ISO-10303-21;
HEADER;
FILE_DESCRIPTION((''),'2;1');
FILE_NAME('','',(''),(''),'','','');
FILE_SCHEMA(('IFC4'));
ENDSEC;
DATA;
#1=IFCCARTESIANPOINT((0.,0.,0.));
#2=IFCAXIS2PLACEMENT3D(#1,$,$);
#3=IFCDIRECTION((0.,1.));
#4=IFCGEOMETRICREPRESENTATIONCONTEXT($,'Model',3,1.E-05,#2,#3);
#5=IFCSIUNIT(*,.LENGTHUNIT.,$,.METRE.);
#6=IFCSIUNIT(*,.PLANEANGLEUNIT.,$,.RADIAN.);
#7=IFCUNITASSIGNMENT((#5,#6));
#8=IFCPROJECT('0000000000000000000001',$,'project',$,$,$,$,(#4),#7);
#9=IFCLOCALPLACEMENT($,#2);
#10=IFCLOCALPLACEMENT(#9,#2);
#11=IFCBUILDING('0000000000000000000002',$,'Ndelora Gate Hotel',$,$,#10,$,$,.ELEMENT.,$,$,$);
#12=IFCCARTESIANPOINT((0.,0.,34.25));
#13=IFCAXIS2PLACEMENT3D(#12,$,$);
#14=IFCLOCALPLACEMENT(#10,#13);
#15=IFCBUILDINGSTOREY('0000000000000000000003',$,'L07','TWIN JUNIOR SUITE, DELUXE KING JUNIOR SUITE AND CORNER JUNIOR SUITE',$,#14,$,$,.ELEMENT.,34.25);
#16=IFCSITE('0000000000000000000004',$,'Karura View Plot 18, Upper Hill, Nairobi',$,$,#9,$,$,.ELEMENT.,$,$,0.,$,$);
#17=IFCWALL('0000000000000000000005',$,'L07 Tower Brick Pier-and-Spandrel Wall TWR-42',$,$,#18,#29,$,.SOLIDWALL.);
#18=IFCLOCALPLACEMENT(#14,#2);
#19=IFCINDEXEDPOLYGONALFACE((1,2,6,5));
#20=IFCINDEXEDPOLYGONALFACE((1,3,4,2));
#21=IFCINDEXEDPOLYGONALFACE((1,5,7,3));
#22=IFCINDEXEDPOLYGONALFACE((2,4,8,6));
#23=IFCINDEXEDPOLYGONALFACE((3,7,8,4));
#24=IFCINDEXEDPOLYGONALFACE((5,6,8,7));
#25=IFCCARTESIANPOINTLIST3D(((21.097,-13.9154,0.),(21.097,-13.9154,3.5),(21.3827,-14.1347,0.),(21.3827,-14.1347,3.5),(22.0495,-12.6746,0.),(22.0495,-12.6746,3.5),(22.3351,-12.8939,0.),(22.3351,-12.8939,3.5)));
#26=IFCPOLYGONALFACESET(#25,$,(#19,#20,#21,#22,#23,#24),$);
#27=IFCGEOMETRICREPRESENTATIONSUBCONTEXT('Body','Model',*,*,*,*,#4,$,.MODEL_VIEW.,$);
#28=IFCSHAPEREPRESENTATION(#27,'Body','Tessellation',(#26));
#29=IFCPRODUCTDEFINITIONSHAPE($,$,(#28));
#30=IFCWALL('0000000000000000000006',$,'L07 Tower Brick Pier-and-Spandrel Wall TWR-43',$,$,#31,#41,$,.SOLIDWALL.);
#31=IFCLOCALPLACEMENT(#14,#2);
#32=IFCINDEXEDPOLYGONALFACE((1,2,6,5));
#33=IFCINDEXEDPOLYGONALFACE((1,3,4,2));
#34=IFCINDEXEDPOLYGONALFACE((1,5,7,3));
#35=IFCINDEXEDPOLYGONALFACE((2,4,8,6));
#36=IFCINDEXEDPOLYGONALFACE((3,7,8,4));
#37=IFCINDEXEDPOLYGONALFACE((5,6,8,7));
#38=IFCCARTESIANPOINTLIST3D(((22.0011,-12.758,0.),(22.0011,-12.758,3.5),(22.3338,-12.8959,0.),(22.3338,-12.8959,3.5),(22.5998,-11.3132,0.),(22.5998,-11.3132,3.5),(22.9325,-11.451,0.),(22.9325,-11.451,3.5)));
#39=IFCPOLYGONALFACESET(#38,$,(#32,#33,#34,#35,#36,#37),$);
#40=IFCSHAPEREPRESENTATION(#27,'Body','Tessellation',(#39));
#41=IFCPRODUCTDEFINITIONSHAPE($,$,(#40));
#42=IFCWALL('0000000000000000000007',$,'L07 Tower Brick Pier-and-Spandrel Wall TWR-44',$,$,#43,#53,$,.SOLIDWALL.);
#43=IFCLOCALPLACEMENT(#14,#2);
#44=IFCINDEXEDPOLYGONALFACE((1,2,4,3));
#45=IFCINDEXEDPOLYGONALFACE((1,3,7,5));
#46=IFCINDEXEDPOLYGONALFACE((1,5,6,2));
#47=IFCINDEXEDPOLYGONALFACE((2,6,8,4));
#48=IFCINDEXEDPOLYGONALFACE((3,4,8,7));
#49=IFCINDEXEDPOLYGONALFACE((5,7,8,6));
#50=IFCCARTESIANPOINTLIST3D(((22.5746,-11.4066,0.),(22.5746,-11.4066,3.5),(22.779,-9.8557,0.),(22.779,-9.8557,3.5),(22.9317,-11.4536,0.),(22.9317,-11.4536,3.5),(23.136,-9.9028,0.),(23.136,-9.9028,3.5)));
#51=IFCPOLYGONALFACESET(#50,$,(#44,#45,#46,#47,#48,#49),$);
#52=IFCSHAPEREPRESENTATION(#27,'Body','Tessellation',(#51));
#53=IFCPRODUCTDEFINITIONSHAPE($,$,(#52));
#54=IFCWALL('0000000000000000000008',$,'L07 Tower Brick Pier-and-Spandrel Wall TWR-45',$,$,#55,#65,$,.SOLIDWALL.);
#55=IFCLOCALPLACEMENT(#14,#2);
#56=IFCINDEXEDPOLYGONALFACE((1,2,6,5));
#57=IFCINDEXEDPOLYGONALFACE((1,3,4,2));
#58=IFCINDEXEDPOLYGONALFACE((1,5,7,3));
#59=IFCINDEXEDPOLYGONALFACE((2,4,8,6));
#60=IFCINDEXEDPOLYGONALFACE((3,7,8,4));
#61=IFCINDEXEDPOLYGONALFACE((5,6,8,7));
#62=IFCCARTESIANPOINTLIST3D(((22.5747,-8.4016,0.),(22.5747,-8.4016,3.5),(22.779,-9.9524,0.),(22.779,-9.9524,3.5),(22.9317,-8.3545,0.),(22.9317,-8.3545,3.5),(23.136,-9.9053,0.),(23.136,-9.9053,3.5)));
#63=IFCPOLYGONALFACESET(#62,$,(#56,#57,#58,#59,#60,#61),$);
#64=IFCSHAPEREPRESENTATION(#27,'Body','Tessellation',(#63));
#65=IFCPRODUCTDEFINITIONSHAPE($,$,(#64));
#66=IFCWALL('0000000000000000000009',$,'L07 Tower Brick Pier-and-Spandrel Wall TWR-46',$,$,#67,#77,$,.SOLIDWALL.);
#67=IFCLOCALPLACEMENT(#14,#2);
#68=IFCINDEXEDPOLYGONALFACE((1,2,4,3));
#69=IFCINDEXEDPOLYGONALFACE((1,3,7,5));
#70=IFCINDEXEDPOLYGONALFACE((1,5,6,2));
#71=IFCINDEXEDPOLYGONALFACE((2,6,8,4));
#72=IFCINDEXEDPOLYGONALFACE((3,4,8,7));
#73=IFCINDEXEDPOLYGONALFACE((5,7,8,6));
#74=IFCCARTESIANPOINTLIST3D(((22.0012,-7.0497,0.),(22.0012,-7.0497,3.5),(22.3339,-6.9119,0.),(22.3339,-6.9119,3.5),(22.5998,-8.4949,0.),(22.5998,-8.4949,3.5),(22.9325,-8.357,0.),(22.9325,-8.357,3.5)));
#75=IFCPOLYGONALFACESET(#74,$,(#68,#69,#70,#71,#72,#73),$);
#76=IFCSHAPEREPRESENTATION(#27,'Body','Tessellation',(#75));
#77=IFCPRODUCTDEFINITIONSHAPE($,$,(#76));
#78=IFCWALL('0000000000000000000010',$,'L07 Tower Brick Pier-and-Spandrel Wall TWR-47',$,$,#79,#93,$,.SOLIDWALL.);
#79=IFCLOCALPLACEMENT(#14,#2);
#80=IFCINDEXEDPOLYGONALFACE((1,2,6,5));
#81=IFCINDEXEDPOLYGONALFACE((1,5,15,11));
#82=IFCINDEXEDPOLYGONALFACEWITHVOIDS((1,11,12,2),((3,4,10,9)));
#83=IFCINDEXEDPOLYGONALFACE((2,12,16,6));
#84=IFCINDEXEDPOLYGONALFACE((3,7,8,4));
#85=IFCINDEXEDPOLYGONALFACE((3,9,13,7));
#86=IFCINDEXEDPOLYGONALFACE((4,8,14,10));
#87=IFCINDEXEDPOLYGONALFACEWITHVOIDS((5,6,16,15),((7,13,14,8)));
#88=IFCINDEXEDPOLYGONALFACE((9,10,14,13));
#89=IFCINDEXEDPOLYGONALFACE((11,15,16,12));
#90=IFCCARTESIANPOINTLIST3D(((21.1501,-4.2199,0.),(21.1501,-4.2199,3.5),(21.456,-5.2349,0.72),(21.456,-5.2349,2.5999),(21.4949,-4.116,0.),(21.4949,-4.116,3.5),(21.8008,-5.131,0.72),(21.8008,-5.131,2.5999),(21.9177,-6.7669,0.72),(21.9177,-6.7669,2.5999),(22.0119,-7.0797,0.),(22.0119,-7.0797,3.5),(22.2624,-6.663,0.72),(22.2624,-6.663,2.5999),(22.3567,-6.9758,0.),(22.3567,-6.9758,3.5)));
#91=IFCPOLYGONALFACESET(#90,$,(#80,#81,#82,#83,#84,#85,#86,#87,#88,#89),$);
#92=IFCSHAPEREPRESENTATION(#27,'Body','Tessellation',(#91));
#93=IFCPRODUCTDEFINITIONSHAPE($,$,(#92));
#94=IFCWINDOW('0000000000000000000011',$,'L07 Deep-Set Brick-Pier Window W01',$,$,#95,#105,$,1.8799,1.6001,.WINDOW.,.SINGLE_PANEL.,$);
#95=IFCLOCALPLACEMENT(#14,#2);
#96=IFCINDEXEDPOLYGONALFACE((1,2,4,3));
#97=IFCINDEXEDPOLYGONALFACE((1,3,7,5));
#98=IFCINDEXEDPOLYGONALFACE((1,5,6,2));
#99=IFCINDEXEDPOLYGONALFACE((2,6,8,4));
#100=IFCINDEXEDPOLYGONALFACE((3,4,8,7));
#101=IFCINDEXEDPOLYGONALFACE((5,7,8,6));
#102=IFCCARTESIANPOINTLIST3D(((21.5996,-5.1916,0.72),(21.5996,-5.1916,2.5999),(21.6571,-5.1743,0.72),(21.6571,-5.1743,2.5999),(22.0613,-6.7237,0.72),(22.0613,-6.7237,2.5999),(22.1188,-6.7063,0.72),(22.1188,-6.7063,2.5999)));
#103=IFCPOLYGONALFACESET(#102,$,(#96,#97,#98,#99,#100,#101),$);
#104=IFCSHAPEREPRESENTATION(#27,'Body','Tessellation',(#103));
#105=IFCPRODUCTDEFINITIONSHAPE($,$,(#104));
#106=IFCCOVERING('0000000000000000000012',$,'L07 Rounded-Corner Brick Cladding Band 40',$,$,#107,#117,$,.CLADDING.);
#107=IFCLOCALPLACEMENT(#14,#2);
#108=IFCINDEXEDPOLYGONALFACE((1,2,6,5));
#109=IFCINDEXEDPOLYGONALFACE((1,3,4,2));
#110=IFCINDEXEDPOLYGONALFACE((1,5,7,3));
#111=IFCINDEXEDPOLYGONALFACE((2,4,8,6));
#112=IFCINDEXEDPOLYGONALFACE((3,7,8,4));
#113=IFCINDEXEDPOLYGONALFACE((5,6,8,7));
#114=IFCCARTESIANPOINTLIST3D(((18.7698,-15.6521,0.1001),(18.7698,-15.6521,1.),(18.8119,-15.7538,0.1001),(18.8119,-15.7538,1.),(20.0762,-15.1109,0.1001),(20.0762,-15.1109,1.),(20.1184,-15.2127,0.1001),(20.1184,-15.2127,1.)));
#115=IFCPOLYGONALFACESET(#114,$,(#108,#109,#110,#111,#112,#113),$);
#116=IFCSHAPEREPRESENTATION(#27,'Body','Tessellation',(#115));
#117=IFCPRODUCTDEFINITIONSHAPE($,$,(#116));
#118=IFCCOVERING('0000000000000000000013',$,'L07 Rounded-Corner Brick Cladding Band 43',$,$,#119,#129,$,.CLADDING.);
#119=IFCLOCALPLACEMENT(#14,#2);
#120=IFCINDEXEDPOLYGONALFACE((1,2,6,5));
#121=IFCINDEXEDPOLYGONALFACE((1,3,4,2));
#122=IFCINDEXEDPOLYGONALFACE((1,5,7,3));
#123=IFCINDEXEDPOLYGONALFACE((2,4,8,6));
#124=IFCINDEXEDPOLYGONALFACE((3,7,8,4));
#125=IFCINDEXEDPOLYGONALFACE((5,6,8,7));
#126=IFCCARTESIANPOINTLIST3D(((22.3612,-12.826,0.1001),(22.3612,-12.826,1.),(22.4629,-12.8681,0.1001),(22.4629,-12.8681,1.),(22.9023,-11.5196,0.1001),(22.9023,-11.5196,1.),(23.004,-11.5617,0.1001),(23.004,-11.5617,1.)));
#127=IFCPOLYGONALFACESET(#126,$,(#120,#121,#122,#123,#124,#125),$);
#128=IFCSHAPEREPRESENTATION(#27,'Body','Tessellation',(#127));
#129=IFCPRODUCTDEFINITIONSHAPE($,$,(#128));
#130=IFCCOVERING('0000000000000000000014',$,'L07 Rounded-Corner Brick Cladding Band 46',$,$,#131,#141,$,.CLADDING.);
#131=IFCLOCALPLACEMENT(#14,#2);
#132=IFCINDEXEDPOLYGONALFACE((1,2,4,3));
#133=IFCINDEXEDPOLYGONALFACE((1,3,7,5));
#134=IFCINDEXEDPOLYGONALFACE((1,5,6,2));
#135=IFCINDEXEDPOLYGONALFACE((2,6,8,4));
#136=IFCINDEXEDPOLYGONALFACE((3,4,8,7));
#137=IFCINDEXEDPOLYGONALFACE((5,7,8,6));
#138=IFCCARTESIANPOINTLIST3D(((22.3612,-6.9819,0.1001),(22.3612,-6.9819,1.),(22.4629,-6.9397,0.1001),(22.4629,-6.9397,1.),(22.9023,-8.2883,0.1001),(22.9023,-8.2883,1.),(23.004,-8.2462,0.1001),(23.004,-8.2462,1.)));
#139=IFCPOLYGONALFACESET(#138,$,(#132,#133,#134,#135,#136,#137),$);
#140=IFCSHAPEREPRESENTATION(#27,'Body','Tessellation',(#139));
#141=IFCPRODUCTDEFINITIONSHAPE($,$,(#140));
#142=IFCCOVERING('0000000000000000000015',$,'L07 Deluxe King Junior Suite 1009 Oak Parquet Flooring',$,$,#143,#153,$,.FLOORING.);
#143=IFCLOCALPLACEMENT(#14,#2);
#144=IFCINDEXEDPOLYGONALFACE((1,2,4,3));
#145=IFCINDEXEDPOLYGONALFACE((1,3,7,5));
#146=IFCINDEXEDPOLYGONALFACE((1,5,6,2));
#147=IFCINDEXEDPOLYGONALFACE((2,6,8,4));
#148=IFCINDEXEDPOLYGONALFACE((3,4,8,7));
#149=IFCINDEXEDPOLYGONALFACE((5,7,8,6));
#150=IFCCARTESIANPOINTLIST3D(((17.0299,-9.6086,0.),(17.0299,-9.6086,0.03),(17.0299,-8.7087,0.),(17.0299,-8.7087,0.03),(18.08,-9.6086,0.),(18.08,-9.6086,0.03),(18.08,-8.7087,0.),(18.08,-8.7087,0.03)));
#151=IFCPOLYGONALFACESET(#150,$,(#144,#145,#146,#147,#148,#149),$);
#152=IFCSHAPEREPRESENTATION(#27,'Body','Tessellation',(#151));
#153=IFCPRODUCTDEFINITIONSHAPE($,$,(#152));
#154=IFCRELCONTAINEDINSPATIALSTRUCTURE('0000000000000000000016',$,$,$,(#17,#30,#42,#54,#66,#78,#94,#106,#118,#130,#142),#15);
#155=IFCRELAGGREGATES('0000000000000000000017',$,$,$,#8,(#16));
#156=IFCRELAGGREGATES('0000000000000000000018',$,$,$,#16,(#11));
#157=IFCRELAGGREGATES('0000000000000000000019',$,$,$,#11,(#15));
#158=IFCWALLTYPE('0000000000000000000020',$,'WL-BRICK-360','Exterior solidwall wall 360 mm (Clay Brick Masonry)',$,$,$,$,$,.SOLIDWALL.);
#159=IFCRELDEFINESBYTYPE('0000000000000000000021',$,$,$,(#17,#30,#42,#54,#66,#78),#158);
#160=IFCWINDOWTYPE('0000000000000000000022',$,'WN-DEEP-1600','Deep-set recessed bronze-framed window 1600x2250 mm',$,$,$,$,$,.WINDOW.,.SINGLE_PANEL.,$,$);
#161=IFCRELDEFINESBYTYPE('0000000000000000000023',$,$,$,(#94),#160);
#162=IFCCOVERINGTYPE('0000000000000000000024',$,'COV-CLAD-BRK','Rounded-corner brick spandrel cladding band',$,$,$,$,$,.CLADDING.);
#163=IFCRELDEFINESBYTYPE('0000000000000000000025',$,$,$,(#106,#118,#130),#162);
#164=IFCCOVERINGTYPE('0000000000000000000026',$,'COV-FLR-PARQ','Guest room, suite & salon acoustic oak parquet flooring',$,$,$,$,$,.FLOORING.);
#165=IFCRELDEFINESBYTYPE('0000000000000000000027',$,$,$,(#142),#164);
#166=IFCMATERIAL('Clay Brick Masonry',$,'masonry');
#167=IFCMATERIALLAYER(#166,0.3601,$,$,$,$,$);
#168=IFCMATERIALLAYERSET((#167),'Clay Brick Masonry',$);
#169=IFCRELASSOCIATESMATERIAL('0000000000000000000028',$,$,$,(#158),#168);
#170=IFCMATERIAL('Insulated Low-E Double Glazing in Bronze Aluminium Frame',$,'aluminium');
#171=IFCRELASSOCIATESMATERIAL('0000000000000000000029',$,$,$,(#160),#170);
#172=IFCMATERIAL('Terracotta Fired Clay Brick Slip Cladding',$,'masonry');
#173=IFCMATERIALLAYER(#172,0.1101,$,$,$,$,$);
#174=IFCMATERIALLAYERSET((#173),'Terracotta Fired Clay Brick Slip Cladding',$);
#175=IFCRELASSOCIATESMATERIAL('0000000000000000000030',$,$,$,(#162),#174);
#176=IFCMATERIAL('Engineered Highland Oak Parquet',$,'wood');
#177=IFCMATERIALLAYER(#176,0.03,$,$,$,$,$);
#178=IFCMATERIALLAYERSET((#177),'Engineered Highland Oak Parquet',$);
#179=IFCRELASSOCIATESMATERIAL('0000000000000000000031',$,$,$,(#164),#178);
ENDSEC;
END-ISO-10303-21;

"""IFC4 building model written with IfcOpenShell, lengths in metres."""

from ifc_helpers import new_model, si_unit, direction, frame, frame_2d, origin, origin_2d, place, context, subcontext, project, spatial, rectangle, extrude, material, layer, layer_set, type_object, element, fill, save


model = new_model("IFC4")

# Units and contexts
model_context = context("Model", 3, precision=1e-05, world=origin(), true_north=direction((0.0, 1.0)))
body_context = subcontext(model_context, "Body", "Model", "MODEL_VIEW")
ifc_project = project(units=[si_unit("LENGTHUNIT", "METRE"), si_unit("PLANEANGLEUNIT", "RADIAN")], contexts=[model_context])

# Site, building, storey
site_placement = place(None, origin())
site = spatial("IfcSite", under=ifc_project, at=site_placement, Name="Karura View Plot 18, Upper Hill, Nairobi", CompositionType="ELEMENT", RefElevation=0.0)
building_placement = place(site_placement, origin())
building = spatial("IfcBuilding", under=site, at=building_placement, Name="Ndelora Gate Hotel", CompositionType="ELEMENT")
storey_placement = place(building_placement, frame((0.0, 0.0, 34.25)))
storey = spatial("IfcBuildingStorey", under=building, at=storey_placement, Name="L07", Description="TWIN JUNIOR SUITE, DELUXE KING JUNIOR SUITE AND CORNER JUNIOR SUITE", CompositionType="ELEMENT", Elevation=34.25)

# Shared definitions
ifc_material_1 = material(Name="Clay Brick Masonry", Category="masonry")
ifc_layer_1 = layer(ifc_material_1, 0.3601)
ifc_layer_set_1 = layer_set([ifc_layer_1], Name="Clay Brick Masonry")
wall_type = type_object("IfcWallType", Name="WL-BRICK-360", Description="Exterior solidwall wall 360 mm (Clay Brick Masonry)", PredefinedType="SOLIDWALL", material=ifc_layer_set_1)
ifc_material_2 = material(Name="Insulated Low-E Double Glazing in Bronze Aluminium Frame", Category="aluminium")
window_type_1 = type_object("IfcWindowType", Name="WN-DEEP-1600", Description="Deep-set recessed bronze-framed window 1600x2250 mm", PartitioningType="SINGLE_PANEL", PredefinedType="WINDOW", material=ifc_material_2)

# Walls
for number, where, z_axis, x_axis, name in (
    (1, (22.1924, -12.7842, 0.0), (0.0, 0.0, 1.0), (-0.608903, -0.793244, 0.0), "L07 Tower Brick Pier-and-Spandrel Wall TWR-42"),
):
    element("IfcWall", number, at=place(storey_placement, frame(where, z_axis=z_axis, x_axis=x_axis)), inside=storey, type_object=wall_type, Name=name, PredefinedType="SOLIDWALL", context=body_context, shape_type="SweptSolid", body=[
        extrude(rectangle(XDim=1.5642, YDim=0.3601, at=frame_2d((0.7822, 0.0))), origin(), (0.0, 0.0, 1.0), 3.5),
    ])
wall_1_placement = place(storey_placement, frame((22.7661, -11.3821, 0.0), z_axis=(0.0, 0.0, 1.0), x_axis=(-0.382775, -0.923842, 0.0)))
element("IfcWall", 2, at=wall_1_placement, inside=storey, type_object=wall_type, Name="L07 Tower Brick Pier-and-Spandrel Wall TWR-43", PredefinedType="SOLIDWALL", context=body_context, shape_type="SweptSolid", body=[
    extrude(rectangle(XDim=1.564, YDim=0.3601, at=frame_2d((0.782, 0.0))), origin(), (0.0, 0.0, 1.0), 3.5),
])
for number, where, z_axis, x_axis, name in (
    (3, (22.9575, -9.8792, 0.0), (0.0, 0.0, 1.0), (-0.13064, -0.99143, 0.0), "L07 Tower Brick Pier-and-Spandrel Wall TWR-44"),
    (4, (22.7532, -8.3779, 0.0), (0.0, 0.0, 1.0), (0.13064, -0.99143, 0.0), "L07 Tower Brick Pier-and-Spandrel Wall TWR-45"),
    (5, (22.1675, -6.9807, 0.0), (0.0, 0.0, 1.0), (0.382719, -0.923865, 0.0), "L07 Tower Brick Pier-and-Spandrel Wall TWR-46"),
):
    element("IfcWall", number, at=place(storey_placement, frame(where, z_axis=z_axis, x_axis=x_axis)), inside=storey, type_object=wall_type, Name=name, PredefinedType="SOLIDWALL", context=body_context, shape_type="SweptSolid", body=[
        extrude(rectangle(XDim=1.5642, YDim=0.3601, at=frame_2d((0.7822, 0.0))), origin(), (0.0, 0.0, 1.0), 3.5),
    ])

# Wall, opening, window
wall_2_placement = place(storey_placement, frame((21.3225, -4.168, 0.0), z_axis=(0.0, 0.0, 1.0), x_axis=(0.288532, -0.95747, 0.0)))
wall_2 = element("IfcWall", 6, at=wall_2_placement, inside=storey, type_object=wall_type, Name="L07 Tower Brick Pier-and-Spandrel Wall TWR-47", PredefinedType="SOLIDWALL", context=body_context, shape_type="SweptSolid", body=[
    extrude(rectangle(XDim=2.9868, YDim=0.3601, at=frame_2d((1.4934, 0.0))), origin(), (0.0, 0.0, 1.0), 3.5),
])
opening_1_placement = place(wall_2_placement, frame((1.0601, 0.0, 0.72)))
opening_1 = element("IfcOpeningElement", 7, at=opening_1_placement, cuts=wall_2, PredefinedType="OPENING", context=body_context, shape_type="SweptSolid", body=[
    extrude(rectangle(XDim=1.6001, YDim=1.8799, at=frame_2d((0.8, 0.9399))), frame((0.0, 0.1899, 0.0), z_axis=(0.0, -1.0, 0.0), x_axis=(1.0, 0.0, 0.0)), (0.0, 0.0, 1.0), 0.3801),
])
window_1_placement = place(opening_1_placement, origin())
window_1 = element("IfcWindow", 8, at=window_1_placement, inside=storey, type_object=window_type_1, Name="L07 Deep-Set Brick-Pier Window W01", OverallHeight=1.8799, OverallWidth=1.6001, PartitioningType="SINGLE_PANEL", PredefinedType="WINDOW", context=body_context, shape_type="SweptSolid", body=[
    extrude(rectangle(XDim=1.6001, YDim=1.8799, at=frame_2d((0.8, 0.9399))), frame((0.0, 0.03, 0.0), z_axis=(0.0, -1.0, 0.0), x_axis=(1.0, 0.0, 0.0)), (0.0, 0.0, 1.0), 0.0601),
])
fill(opening_1, window_1)

# Coverings
ifc_material_3 = material(Name="Terracotta Fired Clay Brick Slip Cladding", Category="masonry")
ifc_layer_2 = layer(ifc_material_3, 0.1101)
ifc_layer_set_2 = layer_set([ifc_layer_2], Name="Terracotta Fired Clay Brick Slip Cladding")
covering_type_1 = type_object("IfcCoveringType", Name="COV-CLAD-BRK", Description="Rounded-corner brick spandrel cladding band", PredefinedType="CLADDING", material=ifc_layer_set_2)
for number, where, z_axis, x_axis, name in (
    (9, (19.4441, -15.4324, 0.1001), (0.0, 0.0, 1.0), (0.92388, 0.382683, 0.0), "L07 Rounded-Corner Brick Cladding Band 40"),
    (10, (22.6826, -12.1938, 0.1001), (0.0, 0.0, 1.0), (0.382683, 0.92388, 0.0), "L07 Rounded-Corner Brick Cladding Band 43"),
    (11, (22.6826, -7.614, 0.1001), (0.0, 0.0, 1.0), (-0.382683, 0.92388, 0.0), "L07 Rounded-Corner Brick Cladding Band 46"),
):
    element("IfcCovering", number, at=place(storey_placement, frame(where, z_axis=z_axis, x_axis=x_axis)), inside=storey, type_object=covering_type_1, Name=name, PredefinedType="CLADDING", context=body_context, shape_type="SweptSolid", body=[
        extrude(rectangle(XDim=1.4141, YDim=0.1101, at=origin_2d()), origin(), (0.0, 0.0, 1.0), 0.8999),
    ])
ifc_material_4 = material(Name="Engineered Highland Oak Parquet", Category="wood")
ifc_layer_3 = layer(ifc_material_4, 0.03)
ifc_layer_set_3 = layer_set([ifc_layer_3], Name="Engineered Highland Oak Parquet")
covering_type_2 = type_object("IfcCoveringType", Name="COV-FLR-PARQ", Description="Guest room, suite & salon acoustic oak parquet flooring", PredefinedType="FLOORING", material=ifc_layer_set_3)
covering_placement = place(storey_placement, frame((17.5549, -9.1587, 0.0), z_axis=(0.0, 0.0, 1.0), x_axis=(1.0, 0.0, 0.0)))
element("IfcCovering", 12, at=covering_placement, inside=storey, type_object=covering_type_2, Name="L07 Deluxe King Junior Suite 1009 Oak Parquet Flooring", PredefinedType="FLOORING", context=body_context, shape_type="SweptSolid", body=[
    extrude(rectangle(XDim=1.05, YDim=0.8999, at=origin_2d()), origin(), (0.0, 0.0, 1.0), 0.03),
])

save(model, "model.ifc")
